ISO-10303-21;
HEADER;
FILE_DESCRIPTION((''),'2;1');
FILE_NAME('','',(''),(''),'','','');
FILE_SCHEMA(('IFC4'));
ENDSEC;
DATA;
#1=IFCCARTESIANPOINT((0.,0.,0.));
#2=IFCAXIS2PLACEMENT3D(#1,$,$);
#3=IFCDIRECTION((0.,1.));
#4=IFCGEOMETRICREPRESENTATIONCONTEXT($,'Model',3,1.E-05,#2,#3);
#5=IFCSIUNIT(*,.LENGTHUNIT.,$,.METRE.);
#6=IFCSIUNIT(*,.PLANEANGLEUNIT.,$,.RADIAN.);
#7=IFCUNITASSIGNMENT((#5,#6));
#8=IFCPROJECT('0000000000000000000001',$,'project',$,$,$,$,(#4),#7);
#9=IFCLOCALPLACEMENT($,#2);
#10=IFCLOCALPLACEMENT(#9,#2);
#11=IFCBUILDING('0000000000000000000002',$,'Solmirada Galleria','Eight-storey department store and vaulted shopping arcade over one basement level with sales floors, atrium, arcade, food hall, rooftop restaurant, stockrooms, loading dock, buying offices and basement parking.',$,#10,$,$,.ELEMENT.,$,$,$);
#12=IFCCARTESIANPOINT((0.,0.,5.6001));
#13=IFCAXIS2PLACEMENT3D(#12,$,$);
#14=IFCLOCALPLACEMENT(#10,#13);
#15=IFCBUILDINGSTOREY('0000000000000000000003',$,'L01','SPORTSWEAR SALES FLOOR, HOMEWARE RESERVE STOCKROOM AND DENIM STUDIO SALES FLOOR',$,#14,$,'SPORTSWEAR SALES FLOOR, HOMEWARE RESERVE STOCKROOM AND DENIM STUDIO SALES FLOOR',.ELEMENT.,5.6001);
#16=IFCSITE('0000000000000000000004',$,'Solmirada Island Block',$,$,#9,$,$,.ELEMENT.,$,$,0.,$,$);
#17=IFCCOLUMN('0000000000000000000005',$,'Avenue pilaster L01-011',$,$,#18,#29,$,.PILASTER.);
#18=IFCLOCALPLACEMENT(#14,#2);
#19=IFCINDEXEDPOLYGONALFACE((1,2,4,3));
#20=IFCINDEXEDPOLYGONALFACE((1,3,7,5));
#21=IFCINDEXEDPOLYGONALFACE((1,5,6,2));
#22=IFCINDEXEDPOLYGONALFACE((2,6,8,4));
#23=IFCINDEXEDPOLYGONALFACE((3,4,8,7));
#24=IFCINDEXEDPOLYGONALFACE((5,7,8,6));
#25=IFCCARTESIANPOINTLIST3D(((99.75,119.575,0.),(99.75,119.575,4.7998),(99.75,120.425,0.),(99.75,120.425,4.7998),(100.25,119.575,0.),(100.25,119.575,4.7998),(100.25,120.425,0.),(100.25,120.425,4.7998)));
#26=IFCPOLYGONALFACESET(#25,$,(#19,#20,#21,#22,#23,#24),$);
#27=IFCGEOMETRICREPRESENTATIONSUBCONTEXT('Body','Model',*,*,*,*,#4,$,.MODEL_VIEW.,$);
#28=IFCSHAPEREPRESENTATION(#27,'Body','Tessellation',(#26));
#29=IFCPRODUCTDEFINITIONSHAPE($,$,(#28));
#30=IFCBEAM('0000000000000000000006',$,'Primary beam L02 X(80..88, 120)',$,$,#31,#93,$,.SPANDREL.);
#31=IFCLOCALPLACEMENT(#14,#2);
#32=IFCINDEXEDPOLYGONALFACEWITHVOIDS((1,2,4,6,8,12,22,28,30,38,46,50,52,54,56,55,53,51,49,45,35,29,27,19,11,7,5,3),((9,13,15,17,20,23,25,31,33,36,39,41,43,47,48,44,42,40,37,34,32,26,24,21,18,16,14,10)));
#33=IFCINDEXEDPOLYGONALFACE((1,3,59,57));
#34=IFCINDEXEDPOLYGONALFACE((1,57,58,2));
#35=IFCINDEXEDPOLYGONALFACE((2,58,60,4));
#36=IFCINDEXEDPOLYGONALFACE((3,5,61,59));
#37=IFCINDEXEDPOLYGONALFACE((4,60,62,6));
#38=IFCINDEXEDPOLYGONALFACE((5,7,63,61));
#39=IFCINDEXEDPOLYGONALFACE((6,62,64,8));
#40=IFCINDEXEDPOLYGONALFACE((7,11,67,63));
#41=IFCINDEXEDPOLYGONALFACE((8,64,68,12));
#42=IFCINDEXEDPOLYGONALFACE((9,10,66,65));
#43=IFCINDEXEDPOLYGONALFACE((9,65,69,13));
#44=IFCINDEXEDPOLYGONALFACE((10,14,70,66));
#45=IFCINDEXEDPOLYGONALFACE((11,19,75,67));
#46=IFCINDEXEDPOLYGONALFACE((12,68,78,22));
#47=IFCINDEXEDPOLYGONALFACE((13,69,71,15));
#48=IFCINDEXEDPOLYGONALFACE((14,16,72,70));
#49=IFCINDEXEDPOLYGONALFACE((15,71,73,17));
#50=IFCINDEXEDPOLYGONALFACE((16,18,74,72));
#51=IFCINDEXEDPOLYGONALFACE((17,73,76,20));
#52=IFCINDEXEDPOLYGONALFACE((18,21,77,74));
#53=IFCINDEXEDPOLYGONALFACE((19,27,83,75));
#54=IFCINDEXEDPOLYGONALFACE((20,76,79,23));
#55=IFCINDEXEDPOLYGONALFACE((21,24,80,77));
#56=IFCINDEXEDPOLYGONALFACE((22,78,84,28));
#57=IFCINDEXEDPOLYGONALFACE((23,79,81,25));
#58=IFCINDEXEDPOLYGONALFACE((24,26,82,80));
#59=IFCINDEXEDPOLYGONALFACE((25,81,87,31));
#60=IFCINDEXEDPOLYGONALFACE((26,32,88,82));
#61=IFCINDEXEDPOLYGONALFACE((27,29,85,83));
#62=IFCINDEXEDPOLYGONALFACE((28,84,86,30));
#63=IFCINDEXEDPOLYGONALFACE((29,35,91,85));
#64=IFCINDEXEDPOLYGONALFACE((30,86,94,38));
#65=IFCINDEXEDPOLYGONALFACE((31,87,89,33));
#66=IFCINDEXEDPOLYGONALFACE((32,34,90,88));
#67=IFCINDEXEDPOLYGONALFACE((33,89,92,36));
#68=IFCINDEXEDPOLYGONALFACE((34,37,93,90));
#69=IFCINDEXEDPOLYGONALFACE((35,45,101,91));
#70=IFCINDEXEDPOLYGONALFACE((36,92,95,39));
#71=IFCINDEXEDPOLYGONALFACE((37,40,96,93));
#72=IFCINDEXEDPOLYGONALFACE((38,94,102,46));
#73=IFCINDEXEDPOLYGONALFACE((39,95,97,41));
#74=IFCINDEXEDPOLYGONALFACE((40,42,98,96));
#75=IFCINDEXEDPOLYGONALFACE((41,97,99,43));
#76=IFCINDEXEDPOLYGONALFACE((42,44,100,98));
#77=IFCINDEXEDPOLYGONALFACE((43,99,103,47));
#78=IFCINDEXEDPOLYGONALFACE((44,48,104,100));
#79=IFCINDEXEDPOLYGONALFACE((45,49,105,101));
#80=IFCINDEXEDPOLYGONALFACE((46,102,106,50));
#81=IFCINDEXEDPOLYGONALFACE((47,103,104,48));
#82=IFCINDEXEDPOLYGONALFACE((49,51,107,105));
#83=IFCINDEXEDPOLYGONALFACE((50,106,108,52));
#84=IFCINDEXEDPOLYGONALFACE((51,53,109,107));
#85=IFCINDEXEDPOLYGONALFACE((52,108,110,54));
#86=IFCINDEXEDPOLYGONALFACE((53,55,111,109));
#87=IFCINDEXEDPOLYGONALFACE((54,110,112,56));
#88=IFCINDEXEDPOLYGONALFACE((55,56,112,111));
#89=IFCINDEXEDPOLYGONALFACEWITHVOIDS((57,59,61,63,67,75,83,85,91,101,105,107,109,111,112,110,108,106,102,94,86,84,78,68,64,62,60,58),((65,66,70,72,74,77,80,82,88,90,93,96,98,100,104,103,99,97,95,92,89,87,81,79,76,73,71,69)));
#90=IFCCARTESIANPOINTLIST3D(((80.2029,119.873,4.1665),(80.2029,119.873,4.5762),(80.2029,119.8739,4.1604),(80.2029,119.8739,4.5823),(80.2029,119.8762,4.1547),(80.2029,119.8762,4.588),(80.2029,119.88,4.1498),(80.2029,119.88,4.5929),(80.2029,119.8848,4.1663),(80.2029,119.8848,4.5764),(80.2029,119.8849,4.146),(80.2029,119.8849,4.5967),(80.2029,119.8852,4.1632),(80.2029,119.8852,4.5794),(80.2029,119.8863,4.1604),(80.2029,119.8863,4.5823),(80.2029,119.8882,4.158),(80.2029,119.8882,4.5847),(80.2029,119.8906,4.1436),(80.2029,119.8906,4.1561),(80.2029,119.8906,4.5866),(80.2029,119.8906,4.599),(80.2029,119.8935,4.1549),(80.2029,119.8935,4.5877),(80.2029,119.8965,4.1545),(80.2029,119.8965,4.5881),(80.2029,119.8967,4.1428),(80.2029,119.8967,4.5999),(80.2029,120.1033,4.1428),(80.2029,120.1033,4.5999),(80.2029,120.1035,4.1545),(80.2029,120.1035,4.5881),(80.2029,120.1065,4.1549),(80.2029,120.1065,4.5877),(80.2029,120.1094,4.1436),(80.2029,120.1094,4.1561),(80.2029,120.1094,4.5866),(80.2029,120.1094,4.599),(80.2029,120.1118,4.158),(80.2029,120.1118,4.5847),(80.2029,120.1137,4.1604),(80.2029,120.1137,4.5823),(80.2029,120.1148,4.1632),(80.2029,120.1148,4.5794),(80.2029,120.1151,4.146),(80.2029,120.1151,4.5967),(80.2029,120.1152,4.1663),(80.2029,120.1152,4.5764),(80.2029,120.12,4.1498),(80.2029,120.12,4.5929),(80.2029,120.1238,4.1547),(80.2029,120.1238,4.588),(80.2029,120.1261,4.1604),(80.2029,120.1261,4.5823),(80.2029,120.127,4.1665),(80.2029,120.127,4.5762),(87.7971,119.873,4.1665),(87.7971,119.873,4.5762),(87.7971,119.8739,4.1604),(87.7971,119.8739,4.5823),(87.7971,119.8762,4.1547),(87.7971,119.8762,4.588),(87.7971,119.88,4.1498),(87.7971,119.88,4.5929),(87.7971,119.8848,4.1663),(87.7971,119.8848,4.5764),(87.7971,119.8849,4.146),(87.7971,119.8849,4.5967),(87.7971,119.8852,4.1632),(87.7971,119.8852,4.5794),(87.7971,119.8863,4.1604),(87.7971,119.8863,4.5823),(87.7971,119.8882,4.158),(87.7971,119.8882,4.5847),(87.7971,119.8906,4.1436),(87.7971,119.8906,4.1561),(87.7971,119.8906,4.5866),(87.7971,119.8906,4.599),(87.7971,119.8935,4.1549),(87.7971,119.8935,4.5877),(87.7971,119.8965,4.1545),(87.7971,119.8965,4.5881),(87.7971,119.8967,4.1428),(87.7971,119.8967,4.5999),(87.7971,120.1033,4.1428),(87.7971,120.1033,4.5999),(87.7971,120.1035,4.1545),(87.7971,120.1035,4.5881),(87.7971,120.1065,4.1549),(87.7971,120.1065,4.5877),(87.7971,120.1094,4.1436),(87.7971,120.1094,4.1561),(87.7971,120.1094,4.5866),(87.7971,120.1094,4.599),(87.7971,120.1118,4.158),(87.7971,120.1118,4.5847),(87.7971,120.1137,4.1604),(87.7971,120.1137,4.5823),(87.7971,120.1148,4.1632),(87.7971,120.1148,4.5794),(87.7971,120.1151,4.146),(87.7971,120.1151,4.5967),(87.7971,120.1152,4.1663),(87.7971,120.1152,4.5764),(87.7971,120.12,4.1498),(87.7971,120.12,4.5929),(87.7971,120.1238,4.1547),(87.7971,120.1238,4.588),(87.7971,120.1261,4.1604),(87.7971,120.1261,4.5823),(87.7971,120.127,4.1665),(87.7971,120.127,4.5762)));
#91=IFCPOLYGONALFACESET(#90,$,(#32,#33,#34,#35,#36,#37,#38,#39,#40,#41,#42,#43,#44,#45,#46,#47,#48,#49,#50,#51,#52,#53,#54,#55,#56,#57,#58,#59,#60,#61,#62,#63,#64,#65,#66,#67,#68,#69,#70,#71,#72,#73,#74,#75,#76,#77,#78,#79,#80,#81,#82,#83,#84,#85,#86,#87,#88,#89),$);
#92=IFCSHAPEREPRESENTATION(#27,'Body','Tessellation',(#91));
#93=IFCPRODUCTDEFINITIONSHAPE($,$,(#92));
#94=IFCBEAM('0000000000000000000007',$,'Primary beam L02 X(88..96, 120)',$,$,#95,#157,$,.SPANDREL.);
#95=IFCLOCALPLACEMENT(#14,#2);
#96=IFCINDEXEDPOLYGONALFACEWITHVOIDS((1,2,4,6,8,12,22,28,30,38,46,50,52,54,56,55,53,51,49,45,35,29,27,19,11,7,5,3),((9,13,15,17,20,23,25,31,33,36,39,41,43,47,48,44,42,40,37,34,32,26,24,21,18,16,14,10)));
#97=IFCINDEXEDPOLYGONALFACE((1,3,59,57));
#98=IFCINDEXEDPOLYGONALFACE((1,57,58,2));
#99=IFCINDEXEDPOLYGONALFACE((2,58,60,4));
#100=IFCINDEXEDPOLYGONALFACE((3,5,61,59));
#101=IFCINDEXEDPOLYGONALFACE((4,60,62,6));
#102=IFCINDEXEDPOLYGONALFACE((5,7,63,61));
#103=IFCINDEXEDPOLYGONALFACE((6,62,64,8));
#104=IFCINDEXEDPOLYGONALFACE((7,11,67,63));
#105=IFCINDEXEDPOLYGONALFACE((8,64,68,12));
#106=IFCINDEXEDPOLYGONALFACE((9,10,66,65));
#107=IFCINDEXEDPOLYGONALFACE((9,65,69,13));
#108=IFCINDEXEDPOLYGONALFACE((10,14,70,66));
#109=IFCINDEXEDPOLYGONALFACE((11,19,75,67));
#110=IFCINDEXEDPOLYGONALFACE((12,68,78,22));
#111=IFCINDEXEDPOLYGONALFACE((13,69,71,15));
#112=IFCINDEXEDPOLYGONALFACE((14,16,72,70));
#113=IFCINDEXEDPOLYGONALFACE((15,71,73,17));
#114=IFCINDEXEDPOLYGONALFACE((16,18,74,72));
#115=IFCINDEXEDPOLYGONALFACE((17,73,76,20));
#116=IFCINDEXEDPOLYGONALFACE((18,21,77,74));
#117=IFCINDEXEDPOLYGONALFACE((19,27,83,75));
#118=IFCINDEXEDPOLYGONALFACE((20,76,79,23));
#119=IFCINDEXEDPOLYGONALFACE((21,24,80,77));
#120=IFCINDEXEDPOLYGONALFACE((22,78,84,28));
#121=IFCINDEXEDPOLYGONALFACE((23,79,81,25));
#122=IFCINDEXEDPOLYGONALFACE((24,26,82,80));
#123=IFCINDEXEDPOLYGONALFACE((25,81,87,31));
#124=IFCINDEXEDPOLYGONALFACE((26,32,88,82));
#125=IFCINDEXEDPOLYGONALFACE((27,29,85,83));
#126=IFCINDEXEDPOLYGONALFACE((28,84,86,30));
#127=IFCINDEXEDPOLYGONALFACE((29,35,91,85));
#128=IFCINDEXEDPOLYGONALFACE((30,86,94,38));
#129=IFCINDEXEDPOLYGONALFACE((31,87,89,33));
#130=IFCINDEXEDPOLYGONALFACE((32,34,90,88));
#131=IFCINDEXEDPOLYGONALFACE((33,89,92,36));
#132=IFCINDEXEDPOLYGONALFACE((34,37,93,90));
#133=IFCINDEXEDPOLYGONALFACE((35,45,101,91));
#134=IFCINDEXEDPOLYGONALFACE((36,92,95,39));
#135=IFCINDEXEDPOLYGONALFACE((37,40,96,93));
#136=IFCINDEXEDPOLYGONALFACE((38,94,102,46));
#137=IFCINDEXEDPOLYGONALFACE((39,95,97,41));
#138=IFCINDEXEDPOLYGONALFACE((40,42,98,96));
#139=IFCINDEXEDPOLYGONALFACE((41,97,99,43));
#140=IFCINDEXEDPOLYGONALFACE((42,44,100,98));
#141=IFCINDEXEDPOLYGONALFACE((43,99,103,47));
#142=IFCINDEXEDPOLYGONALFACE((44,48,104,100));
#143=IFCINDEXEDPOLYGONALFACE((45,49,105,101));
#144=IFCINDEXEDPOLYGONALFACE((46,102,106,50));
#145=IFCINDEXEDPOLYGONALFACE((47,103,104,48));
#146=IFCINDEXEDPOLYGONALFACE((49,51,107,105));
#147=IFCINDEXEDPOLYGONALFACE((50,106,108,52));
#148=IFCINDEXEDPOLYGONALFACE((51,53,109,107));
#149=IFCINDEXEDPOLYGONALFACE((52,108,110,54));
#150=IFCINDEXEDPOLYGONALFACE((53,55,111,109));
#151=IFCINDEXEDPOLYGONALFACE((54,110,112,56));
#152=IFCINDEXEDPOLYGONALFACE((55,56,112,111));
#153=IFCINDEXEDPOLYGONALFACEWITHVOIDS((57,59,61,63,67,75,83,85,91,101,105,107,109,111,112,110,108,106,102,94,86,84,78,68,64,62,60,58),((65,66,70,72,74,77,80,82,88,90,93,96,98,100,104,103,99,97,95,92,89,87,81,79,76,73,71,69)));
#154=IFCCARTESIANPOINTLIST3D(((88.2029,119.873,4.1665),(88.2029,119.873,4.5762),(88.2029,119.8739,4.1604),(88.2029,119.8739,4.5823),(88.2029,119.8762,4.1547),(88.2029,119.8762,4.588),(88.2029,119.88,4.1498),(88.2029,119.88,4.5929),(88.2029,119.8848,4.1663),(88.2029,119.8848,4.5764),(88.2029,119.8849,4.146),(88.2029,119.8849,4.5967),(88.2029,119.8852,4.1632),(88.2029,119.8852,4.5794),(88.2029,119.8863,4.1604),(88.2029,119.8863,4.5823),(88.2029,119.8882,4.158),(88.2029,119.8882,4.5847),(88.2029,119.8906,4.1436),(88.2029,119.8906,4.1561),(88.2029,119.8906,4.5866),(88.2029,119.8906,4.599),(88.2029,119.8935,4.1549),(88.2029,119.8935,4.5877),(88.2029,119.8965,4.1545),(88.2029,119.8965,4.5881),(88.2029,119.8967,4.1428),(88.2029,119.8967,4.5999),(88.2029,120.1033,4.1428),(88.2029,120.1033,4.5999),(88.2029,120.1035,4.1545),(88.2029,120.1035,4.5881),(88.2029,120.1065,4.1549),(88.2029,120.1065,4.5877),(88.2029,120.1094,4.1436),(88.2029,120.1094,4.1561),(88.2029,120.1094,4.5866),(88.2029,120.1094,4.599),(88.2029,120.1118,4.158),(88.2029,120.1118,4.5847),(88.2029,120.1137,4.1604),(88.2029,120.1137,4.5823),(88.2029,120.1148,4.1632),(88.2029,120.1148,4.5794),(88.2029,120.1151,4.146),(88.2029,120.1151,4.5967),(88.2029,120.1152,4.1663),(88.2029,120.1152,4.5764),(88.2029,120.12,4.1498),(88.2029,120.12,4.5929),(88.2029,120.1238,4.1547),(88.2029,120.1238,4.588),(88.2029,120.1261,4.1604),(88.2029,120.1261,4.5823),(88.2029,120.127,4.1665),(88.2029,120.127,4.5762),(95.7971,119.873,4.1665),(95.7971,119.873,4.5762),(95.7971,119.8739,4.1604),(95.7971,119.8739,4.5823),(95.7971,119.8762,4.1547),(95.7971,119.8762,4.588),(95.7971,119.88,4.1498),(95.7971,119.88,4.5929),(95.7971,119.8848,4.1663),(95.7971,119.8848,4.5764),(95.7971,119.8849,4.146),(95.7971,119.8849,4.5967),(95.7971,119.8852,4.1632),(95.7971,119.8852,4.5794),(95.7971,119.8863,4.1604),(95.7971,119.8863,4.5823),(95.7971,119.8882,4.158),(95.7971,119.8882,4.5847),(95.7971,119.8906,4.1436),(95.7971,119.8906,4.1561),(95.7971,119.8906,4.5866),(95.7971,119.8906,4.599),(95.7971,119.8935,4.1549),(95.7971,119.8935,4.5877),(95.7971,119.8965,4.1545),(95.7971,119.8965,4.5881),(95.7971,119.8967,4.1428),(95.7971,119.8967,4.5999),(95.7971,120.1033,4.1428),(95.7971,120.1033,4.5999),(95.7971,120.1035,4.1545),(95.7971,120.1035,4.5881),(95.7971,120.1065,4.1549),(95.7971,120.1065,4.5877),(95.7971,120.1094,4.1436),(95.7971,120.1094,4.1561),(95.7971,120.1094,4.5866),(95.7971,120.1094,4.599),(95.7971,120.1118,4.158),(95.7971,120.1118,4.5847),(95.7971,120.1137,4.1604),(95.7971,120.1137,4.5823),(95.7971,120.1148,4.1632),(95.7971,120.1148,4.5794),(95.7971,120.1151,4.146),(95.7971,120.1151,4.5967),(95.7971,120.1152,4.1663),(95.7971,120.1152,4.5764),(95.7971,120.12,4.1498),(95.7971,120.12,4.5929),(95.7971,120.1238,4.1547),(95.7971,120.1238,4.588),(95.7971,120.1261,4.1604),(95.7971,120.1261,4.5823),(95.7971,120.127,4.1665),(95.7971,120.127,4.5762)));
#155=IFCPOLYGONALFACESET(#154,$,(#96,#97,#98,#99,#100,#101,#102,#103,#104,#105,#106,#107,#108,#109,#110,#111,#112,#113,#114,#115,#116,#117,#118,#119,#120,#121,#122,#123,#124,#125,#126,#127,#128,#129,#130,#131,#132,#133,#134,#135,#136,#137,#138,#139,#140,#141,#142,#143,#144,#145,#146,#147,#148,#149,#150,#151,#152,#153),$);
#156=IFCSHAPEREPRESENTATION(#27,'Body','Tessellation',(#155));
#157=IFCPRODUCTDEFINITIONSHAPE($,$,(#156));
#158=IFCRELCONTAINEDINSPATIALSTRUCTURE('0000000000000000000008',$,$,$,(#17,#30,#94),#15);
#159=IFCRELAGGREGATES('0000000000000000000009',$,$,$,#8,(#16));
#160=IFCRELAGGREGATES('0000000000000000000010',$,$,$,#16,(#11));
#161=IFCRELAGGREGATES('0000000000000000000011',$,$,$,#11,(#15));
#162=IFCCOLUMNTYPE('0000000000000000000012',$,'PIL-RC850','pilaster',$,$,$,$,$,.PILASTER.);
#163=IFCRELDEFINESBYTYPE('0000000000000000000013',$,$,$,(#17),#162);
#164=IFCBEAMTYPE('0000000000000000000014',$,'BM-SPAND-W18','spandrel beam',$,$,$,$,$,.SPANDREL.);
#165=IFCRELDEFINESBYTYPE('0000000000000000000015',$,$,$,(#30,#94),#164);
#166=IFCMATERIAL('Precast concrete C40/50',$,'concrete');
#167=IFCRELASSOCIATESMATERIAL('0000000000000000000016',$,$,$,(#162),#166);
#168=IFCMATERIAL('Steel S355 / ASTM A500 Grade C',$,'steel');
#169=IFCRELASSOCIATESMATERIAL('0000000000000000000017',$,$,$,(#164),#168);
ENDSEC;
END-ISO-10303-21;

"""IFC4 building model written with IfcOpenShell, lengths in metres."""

from ifc_helpers import new_model, si_unit, direction, frame, origin, origin_2d, place, context, subcontext, project, spatial, rectangle, hollow_rectangle, extrude, material, material_profile, profile_set, type_object, element, save


model = new_model("IFC4")

# Units and contexts
model_context = context("Model", 3, precision=1e-05, world=origin(), true_north=direction((0.0, 1.0)))
body_context = subcontext(model_context, "Body", "Model", "MODEL_VIEW")
ifc_project = project(units=[si_unit("LENGTHUNIT", "METRE"), si_unit("PLANEANGLEUNIT", "RADIAN")], contexts=[model_context])

# Site, building, storey
site_placement = place(None, origin())
site = spatial("IfcSite", under=ifc_project, at=site_placement, Name="Solmirada Island Block", CompositionType="ELEMENT", RefElevation=0.0)
building_placement = place(site_placement, origin())
building = spatial("IfcBuilding", under=site, at=building_placement, Name="Solmirada Galleria", Description="Eight-storey department store and vaulted shopping arcade over one basement level with sales floors, atrium, arcade, food hall, rooftop restaurant, stockrooms, loading dock, buying offices and basement parking.", CompositionType="ELEMENT")
storey_placement = place(building_placement, frame((0.0, 0.0, 5.6001)))
storey = spatial("IfcBuildingStorey", under=building, at=storey_placement, Name="L01", Description="SPORTSWEAR SALES FLOOR, HOMEWARE RESERVE STOCKROOM AND DENIM STUDIO SALES FLOOR", LongName="SPORTSWEAR SALES FLOOR, HOMEWARE RESERVE STOCKROOM AND DENIM STUDIO SALES FLOOR", CompositionType="ELEMENT", Elevation=5.6001)

# Column
ifc_material_1 = material(Name="Steel S355 / ASTM A500 Grade C", Category="steel")
ifc_material_2 = material(Name="Precast concrete C40/50", Category="concrete")
ifc_material_profile_1 = material_profile(ifc_material_2, rectangle(XDim=0.5, YDim=0.8501, at=origin_2d()), Name="RC850X500")
ifc_profile_set_1 = profile_set([ifc_material_profile_1], Name="Precast concrete C40/50")
column_type_1 = type_object("IfcColumnType", Name="PIL-RC850", Description="pilaster", PredefinedType="PILASTER", material=ifc_profile_set_1)
column_placement = place(storey_placement, frame((100.0, 120.0, 0.0), z_axis=(0.0, 0.0, 1.0), x_axis=(1.0, 0.0, 0.0)))
element("IfcColumn", 1, at=column_placement, inside=storey, type_object=column_type_1, Name="Avenue pilaster L01-011", PredefinedType="PILASTER", context=body_context, shape_type="SweptSolid", body=[
    extrude(rectangle(XDim=0.5, YDim=0.8501, at=origin_2d()), origin(), (0.0, 0.0, 1.0), 4.7998),
])

# Beams
ifc_material_profile_2 = material_profile(ifc_material_1, hollow_rectangle(XDim=0.2539, YDim=0.457, WallThickness=0.0117, InnerFilletRadius=0.0117, OuterFilletRadius=0.0237, at=origin_2d()), Name="HSS18X10X1/2")
ifc_profile_set_2 = profile_set([ifc_material_profile_2], Name="Steel S355 / ASTM A500 Grade C")
beam_type = type_object("IfcBeamType", Name="BM-SPAND-W18", Description="spandrel beam", PredefinedType="SPANDREL", material=ifc_profile_set_2)
for number, where, z_axis, x_axis, name in (
    (2, (80.2029, 120.0, 4.3713), (1.0, 0.0, 0.0), (0.0, 1.0, 0.0), "Primary beam L02 X(80..88, 120)"),
    (3, (88.2029, 120.0, 4.3713), (1.0, 0.0, 0.0), (0.0, 1.0, 0.0), "Primary beam L02 X(88..96, 120)"),
):
    element("IfcBeam", number, at=place(storey_placement, frame(where, z_axis=z_axis, x_axis=x_axis)), inside=storey, type_object=beam_type, Name=name, PredefinedType="SPANDREL", context=body_context, shape_type="SweptSolid", body=[
        extrude(hollow_rectangle(XDim=0.2539, YDim=0.457, WallThickness=0.0117, InnerFilletRadius=0.0117, OuterFilletRadius=0.0237, at=origin_2d()), origin(), (0.0, 0.0, 1.0), 7.5942),
    ])

save(model, "model.ifc")
